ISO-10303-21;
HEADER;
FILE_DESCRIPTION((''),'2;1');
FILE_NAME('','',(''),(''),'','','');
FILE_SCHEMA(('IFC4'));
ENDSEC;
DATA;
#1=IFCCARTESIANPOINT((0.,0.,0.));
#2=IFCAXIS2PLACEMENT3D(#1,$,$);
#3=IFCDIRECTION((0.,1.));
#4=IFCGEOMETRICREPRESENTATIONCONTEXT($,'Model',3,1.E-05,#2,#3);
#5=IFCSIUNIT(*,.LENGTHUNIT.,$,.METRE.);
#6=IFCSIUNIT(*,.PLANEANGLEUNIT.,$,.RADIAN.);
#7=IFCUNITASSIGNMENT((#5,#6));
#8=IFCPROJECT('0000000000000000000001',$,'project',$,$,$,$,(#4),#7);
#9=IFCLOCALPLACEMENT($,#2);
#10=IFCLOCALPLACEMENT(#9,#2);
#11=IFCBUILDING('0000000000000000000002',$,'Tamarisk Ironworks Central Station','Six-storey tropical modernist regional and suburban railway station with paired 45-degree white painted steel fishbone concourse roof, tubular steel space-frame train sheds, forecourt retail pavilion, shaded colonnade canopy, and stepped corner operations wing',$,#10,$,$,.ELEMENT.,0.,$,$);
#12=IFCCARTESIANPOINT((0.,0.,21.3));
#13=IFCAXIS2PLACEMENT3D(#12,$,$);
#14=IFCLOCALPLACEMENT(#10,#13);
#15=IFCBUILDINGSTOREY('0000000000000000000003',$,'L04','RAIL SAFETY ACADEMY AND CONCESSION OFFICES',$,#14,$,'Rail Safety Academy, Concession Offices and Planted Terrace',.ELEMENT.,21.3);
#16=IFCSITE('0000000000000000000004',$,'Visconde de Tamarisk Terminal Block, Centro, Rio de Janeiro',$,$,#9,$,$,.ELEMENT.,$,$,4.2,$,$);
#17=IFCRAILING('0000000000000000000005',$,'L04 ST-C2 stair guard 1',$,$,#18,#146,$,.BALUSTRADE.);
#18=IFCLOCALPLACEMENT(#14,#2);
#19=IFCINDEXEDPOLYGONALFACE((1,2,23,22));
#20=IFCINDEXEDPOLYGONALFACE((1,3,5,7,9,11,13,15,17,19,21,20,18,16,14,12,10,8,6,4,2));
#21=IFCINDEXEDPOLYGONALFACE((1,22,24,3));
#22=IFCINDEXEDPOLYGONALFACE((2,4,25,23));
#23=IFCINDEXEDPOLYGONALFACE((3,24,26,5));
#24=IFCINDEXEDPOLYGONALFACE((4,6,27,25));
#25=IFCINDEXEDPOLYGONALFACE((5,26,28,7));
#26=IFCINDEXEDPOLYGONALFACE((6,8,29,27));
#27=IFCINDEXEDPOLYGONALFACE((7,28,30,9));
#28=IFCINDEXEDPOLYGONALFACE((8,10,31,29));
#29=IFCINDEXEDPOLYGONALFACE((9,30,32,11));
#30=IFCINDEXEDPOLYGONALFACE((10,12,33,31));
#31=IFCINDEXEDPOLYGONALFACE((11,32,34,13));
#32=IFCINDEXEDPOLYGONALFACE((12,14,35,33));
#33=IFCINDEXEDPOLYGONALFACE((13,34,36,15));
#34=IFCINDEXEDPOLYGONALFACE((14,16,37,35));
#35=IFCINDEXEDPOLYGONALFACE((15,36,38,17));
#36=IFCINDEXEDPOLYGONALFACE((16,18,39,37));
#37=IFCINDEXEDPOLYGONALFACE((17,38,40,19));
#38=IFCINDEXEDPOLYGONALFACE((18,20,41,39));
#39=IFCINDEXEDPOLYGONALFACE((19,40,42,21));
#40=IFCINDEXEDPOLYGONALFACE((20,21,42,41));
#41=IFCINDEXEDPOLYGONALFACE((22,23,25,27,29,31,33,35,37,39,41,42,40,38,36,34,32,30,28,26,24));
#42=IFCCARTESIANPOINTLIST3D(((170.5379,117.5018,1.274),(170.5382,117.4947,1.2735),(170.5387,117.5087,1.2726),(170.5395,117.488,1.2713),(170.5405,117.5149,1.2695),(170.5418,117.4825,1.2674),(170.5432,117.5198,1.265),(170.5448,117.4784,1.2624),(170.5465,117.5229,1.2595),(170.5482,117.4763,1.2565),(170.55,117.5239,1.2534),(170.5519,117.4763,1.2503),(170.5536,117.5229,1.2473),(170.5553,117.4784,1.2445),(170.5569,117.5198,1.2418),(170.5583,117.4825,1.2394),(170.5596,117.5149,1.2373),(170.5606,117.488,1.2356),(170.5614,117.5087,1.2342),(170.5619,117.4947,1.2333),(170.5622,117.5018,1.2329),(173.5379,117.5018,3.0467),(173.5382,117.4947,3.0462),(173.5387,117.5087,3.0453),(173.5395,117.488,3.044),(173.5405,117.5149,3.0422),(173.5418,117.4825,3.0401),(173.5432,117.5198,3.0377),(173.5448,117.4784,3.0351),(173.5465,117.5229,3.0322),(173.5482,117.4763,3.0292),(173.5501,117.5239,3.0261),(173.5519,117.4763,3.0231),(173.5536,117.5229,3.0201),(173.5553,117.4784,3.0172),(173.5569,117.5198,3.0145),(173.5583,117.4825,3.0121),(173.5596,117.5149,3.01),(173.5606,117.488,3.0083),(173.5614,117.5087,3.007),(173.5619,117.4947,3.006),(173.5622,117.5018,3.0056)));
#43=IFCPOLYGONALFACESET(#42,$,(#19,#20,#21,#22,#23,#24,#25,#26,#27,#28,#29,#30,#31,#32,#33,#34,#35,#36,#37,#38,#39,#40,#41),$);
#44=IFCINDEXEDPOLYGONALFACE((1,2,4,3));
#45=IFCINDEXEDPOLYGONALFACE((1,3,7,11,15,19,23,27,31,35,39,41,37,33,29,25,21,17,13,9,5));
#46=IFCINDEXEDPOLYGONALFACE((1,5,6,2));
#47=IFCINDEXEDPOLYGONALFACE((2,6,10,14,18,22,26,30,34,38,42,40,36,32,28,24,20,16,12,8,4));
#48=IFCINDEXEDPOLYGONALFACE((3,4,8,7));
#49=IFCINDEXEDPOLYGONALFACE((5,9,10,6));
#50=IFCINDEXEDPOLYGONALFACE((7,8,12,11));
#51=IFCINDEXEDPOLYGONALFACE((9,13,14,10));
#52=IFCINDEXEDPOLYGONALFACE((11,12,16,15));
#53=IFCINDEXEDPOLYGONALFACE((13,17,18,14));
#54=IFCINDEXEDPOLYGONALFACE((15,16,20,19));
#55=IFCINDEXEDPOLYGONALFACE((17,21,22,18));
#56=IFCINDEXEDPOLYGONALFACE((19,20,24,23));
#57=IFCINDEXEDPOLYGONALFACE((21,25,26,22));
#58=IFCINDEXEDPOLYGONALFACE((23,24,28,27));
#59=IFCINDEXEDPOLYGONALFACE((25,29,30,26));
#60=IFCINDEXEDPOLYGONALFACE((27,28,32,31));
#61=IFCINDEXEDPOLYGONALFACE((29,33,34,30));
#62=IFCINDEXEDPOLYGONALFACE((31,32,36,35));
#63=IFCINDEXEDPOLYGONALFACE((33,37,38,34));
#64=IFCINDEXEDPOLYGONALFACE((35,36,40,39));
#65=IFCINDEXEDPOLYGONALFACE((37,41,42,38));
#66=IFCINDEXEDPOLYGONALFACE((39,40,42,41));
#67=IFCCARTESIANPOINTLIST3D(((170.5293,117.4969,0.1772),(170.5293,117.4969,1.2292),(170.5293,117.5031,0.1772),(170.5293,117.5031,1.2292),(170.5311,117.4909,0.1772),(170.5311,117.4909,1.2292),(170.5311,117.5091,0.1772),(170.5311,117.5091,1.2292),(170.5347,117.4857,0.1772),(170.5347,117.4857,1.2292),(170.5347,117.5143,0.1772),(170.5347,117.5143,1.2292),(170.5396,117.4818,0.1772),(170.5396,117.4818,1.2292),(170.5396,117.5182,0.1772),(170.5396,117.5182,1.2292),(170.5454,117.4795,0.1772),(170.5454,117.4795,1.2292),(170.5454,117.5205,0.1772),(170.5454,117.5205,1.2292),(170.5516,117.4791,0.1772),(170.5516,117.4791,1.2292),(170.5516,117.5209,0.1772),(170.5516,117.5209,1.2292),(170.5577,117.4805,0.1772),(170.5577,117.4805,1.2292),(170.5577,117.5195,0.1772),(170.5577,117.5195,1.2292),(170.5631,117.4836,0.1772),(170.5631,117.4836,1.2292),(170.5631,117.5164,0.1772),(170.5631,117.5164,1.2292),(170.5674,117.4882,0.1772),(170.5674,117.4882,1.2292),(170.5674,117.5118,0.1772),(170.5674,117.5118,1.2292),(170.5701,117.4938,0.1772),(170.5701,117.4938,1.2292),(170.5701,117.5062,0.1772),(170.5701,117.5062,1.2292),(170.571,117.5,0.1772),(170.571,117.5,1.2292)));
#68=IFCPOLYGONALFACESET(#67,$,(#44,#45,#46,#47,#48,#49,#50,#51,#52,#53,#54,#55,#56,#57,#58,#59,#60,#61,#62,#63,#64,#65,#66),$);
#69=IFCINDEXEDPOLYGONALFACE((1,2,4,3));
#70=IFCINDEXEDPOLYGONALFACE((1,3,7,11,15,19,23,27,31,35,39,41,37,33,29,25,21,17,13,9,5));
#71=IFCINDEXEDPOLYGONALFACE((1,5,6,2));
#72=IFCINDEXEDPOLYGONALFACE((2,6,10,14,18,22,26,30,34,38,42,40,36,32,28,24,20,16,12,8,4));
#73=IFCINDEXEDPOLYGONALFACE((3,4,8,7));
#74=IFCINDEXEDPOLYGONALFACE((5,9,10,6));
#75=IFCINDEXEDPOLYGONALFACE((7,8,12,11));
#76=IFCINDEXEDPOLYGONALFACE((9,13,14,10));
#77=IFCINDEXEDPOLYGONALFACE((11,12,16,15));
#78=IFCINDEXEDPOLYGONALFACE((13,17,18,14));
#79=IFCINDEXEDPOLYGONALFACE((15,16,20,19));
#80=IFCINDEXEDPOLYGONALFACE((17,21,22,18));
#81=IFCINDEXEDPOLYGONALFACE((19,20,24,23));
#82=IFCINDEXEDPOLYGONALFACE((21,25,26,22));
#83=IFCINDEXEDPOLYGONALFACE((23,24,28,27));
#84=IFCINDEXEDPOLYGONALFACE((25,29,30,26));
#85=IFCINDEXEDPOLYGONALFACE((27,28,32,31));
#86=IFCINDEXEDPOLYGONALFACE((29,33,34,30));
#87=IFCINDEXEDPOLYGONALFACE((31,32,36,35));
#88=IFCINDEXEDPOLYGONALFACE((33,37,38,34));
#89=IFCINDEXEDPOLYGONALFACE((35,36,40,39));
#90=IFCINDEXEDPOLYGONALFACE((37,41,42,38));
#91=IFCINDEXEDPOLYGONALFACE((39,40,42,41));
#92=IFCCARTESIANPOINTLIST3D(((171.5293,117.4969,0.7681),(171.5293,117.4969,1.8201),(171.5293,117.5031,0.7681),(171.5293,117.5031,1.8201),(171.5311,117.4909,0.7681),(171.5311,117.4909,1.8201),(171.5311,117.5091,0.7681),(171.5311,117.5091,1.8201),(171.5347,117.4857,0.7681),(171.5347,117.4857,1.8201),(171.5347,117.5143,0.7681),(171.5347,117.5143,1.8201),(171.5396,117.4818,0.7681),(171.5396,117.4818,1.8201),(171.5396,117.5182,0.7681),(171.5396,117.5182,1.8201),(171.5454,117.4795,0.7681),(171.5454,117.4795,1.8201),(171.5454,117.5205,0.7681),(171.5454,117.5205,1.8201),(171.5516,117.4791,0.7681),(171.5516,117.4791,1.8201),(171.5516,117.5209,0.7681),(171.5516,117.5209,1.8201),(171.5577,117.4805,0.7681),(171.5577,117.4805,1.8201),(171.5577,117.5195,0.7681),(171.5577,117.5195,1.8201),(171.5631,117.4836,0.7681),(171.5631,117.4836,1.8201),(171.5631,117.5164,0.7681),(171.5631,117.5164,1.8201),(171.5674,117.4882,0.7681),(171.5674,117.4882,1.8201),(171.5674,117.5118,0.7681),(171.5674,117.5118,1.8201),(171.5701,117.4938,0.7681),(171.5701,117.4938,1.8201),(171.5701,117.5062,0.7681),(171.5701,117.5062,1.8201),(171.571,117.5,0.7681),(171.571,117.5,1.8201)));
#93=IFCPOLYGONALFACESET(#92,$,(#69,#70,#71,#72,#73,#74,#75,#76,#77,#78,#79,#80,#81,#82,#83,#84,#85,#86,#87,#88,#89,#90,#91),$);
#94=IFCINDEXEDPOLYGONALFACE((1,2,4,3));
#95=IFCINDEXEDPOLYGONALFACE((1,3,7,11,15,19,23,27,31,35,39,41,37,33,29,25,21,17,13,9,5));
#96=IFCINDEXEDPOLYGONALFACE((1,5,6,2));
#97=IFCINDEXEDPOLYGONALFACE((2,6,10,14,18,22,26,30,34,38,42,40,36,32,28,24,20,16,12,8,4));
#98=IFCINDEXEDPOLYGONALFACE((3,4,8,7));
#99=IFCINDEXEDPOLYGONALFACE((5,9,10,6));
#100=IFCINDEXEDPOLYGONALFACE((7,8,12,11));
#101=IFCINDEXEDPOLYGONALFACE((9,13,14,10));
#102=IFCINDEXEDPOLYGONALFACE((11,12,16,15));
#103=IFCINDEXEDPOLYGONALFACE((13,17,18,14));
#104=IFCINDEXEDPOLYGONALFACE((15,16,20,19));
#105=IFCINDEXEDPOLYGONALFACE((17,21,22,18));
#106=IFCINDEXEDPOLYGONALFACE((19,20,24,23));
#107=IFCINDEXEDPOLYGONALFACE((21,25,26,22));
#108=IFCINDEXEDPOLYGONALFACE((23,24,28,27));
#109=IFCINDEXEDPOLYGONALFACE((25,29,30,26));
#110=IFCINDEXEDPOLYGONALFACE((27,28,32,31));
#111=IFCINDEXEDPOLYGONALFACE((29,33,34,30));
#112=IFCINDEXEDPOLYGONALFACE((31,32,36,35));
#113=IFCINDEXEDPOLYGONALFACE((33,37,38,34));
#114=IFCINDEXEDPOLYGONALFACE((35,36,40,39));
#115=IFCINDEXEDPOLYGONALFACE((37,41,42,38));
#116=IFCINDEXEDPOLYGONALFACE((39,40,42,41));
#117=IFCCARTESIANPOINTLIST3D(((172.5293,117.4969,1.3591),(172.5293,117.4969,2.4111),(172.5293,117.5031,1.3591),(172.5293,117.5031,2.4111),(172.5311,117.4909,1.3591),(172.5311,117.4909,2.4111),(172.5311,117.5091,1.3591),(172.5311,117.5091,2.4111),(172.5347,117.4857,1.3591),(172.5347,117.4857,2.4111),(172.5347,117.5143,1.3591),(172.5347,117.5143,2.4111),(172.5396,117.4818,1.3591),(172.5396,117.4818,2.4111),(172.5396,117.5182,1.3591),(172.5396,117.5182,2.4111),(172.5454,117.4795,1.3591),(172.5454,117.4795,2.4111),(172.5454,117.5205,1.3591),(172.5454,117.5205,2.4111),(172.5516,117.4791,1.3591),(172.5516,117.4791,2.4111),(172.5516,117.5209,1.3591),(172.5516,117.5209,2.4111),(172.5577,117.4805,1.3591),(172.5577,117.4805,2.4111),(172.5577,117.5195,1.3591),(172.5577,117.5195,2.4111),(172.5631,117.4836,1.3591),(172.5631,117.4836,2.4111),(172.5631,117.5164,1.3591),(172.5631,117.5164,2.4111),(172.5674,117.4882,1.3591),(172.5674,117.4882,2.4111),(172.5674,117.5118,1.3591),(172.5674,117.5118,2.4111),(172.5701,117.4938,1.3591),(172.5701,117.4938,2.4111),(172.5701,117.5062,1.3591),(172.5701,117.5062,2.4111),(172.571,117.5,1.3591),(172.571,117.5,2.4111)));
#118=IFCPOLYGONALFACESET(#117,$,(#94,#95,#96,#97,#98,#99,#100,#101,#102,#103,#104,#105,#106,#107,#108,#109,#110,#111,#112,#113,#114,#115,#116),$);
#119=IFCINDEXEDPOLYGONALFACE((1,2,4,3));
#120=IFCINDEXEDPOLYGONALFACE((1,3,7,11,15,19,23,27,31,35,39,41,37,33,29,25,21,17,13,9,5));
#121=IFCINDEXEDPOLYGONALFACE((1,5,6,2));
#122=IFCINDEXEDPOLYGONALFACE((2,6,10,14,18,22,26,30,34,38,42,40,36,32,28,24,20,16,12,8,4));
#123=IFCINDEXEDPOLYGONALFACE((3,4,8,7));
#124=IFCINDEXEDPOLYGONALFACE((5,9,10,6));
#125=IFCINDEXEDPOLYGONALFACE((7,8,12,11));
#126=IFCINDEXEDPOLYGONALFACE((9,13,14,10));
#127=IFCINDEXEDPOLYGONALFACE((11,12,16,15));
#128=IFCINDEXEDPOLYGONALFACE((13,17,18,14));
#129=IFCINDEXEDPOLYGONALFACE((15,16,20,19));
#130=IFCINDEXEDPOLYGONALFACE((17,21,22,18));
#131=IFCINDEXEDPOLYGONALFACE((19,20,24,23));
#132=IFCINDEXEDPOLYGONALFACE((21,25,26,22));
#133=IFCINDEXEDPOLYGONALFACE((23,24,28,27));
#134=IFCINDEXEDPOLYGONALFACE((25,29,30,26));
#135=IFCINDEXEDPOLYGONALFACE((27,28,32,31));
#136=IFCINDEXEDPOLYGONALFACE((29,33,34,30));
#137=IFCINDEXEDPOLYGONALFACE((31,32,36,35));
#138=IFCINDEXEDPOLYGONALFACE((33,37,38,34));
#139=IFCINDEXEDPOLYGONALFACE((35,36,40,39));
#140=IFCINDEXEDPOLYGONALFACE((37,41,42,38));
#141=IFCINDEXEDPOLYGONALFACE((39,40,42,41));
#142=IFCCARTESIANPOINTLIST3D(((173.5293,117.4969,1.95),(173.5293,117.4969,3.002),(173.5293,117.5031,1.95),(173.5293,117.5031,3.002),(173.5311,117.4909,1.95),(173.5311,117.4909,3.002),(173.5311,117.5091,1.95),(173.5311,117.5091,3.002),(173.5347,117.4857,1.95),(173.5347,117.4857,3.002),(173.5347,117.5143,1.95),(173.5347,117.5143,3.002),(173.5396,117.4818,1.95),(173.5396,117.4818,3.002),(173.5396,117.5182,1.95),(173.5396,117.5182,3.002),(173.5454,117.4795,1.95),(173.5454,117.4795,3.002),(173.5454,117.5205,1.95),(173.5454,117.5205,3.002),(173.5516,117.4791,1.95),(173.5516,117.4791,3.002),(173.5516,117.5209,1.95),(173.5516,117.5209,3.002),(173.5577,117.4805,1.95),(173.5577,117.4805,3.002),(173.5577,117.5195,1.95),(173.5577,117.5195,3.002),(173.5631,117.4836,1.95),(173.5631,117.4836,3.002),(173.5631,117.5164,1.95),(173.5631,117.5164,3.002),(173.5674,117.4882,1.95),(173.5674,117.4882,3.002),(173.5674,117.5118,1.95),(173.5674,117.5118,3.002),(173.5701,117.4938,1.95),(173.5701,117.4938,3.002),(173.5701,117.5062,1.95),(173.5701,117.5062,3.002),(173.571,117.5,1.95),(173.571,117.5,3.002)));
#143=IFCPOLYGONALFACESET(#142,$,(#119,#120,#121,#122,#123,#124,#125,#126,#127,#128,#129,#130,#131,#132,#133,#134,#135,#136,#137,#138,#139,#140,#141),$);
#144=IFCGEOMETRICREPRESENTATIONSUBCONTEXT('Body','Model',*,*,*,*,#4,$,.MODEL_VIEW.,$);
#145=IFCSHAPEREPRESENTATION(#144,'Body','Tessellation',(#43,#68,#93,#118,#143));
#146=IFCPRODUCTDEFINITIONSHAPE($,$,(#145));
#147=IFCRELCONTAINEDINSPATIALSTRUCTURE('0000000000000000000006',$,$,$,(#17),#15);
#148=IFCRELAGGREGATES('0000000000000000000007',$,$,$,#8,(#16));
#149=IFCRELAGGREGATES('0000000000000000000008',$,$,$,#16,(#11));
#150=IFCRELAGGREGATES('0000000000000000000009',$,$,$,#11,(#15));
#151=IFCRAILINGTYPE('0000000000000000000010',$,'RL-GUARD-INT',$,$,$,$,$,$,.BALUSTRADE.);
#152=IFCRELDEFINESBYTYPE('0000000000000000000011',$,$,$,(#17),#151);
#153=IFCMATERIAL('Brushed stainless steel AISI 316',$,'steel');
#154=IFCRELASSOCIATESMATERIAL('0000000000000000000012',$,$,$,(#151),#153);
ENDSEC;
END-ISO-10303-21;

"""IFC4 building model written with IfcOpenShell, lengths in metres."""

from ifc_helpers import new_model, si_unit, direction, frame, origin, origin_2d, place, context, subcontext, project, spatial, circle, extrude, material, type_object, element, save


model = new_model("IFC4")

# Units and contexts
model_context = context("Model", 3, precision=1e-05, world=origin(), true_north=direction((0.0, 1.0)))
body_context = subcontext(model_context, "Body", "Model", "MODEL_VIEW")
ifc_project = project(units=[si_unit("LENGTHUNIT", "METRE"), si_unit("PLANEANGLEUNIT", "RADIAN")], contexts=[model_context])

# Site, building, storey
site_placement = place(None, origin())
site = spatial("IfcSite", under=ifc_project, at=site_placement, Name="Visconde de Tamarisk Terminal Block, Centro, Rio de Janeiro", CompositionType="ELEMENT", RefElevation=4.2)
building_placement = place(site_placement, origin())
building = spatial("IfcBuilding", under=site, at=building_placement, Name="Tamarisk Ironworks Central Station", Description="Six-storey tropical modernist regional and suburban railway station with paired 45-degree white painted steel fishbone concourse roof, tubular steel space-frame train sheds, forecourt retail pavilion, shaded colonnade canopy, and stepped corner operations wing", CompositionType="ELEMENT", ElevationOfRefHeight=0.0)
storey_placement = place(building_placement, frame((0.0, 0.0, 21.3)))
storey = spatial("IfcBuildingStorey", under=building, at=storey_placement, Name="L04", Description="RAIL SAFETY ACADEMY AND CONCESSION OFFICES", LongName="Rail Safety Academy, Concession Offices and Planted Terrace", CompositionType="ELEMENT", Elevation=21.3)

# Railing
ifc_material_1 = material(Name="Brushed stainless steel AISI 316", Category="steel")
railing_type_1 = type_object("IfcRailingType", Name="RL-GUARD-INT", PredefinedType="BALUSTRADE", material=ifc_material_1)
railing_1_placement = place(storey_placement, frame((170.55, 117.5, 0.1772)))
element("IfcRailing", 1, at=railing_1_placement, inside=storey, type_object=railing_type_1, Name="L04 ST-C2 stair guard 1", PredefinedType="BALUSTRADE", context=body_context, shape_type="SweptSolid", body=[
    extrude(circle(Radius=0.0239, at=origin_2d()), frame((0.0, 0.0, 1.0762), z_axis=(0.860929, 0.0, 0.508725), x_axis=(0.0, 1.0, 0.0)), (0.0, 0.0, 1.0), 3.4846),
    extrude(circle(Radius=0.021, at=origin_2d()), origin(), (0.0, 0.0, 1.0), 1.052),
    extrude(circle(Radius=0.021, at=origin_2d()), frame((1.0, 0.0, 0.5908)), (0.0, 0.0, 1.0), 1.052),
    extrude(circle(Radius=0.021, at=origin_2d()), frame((2.0, 0.0, 1.1819)), (0.0, 0.0, 1.0), 1.052),
    extrude(circle(Radius=0.021, at=origin_2d()), frame((3.0, 0.0, 1.7727)), (0.0, 0.0, 1.0), 1.052),
])

save(model, "model.ifc")
